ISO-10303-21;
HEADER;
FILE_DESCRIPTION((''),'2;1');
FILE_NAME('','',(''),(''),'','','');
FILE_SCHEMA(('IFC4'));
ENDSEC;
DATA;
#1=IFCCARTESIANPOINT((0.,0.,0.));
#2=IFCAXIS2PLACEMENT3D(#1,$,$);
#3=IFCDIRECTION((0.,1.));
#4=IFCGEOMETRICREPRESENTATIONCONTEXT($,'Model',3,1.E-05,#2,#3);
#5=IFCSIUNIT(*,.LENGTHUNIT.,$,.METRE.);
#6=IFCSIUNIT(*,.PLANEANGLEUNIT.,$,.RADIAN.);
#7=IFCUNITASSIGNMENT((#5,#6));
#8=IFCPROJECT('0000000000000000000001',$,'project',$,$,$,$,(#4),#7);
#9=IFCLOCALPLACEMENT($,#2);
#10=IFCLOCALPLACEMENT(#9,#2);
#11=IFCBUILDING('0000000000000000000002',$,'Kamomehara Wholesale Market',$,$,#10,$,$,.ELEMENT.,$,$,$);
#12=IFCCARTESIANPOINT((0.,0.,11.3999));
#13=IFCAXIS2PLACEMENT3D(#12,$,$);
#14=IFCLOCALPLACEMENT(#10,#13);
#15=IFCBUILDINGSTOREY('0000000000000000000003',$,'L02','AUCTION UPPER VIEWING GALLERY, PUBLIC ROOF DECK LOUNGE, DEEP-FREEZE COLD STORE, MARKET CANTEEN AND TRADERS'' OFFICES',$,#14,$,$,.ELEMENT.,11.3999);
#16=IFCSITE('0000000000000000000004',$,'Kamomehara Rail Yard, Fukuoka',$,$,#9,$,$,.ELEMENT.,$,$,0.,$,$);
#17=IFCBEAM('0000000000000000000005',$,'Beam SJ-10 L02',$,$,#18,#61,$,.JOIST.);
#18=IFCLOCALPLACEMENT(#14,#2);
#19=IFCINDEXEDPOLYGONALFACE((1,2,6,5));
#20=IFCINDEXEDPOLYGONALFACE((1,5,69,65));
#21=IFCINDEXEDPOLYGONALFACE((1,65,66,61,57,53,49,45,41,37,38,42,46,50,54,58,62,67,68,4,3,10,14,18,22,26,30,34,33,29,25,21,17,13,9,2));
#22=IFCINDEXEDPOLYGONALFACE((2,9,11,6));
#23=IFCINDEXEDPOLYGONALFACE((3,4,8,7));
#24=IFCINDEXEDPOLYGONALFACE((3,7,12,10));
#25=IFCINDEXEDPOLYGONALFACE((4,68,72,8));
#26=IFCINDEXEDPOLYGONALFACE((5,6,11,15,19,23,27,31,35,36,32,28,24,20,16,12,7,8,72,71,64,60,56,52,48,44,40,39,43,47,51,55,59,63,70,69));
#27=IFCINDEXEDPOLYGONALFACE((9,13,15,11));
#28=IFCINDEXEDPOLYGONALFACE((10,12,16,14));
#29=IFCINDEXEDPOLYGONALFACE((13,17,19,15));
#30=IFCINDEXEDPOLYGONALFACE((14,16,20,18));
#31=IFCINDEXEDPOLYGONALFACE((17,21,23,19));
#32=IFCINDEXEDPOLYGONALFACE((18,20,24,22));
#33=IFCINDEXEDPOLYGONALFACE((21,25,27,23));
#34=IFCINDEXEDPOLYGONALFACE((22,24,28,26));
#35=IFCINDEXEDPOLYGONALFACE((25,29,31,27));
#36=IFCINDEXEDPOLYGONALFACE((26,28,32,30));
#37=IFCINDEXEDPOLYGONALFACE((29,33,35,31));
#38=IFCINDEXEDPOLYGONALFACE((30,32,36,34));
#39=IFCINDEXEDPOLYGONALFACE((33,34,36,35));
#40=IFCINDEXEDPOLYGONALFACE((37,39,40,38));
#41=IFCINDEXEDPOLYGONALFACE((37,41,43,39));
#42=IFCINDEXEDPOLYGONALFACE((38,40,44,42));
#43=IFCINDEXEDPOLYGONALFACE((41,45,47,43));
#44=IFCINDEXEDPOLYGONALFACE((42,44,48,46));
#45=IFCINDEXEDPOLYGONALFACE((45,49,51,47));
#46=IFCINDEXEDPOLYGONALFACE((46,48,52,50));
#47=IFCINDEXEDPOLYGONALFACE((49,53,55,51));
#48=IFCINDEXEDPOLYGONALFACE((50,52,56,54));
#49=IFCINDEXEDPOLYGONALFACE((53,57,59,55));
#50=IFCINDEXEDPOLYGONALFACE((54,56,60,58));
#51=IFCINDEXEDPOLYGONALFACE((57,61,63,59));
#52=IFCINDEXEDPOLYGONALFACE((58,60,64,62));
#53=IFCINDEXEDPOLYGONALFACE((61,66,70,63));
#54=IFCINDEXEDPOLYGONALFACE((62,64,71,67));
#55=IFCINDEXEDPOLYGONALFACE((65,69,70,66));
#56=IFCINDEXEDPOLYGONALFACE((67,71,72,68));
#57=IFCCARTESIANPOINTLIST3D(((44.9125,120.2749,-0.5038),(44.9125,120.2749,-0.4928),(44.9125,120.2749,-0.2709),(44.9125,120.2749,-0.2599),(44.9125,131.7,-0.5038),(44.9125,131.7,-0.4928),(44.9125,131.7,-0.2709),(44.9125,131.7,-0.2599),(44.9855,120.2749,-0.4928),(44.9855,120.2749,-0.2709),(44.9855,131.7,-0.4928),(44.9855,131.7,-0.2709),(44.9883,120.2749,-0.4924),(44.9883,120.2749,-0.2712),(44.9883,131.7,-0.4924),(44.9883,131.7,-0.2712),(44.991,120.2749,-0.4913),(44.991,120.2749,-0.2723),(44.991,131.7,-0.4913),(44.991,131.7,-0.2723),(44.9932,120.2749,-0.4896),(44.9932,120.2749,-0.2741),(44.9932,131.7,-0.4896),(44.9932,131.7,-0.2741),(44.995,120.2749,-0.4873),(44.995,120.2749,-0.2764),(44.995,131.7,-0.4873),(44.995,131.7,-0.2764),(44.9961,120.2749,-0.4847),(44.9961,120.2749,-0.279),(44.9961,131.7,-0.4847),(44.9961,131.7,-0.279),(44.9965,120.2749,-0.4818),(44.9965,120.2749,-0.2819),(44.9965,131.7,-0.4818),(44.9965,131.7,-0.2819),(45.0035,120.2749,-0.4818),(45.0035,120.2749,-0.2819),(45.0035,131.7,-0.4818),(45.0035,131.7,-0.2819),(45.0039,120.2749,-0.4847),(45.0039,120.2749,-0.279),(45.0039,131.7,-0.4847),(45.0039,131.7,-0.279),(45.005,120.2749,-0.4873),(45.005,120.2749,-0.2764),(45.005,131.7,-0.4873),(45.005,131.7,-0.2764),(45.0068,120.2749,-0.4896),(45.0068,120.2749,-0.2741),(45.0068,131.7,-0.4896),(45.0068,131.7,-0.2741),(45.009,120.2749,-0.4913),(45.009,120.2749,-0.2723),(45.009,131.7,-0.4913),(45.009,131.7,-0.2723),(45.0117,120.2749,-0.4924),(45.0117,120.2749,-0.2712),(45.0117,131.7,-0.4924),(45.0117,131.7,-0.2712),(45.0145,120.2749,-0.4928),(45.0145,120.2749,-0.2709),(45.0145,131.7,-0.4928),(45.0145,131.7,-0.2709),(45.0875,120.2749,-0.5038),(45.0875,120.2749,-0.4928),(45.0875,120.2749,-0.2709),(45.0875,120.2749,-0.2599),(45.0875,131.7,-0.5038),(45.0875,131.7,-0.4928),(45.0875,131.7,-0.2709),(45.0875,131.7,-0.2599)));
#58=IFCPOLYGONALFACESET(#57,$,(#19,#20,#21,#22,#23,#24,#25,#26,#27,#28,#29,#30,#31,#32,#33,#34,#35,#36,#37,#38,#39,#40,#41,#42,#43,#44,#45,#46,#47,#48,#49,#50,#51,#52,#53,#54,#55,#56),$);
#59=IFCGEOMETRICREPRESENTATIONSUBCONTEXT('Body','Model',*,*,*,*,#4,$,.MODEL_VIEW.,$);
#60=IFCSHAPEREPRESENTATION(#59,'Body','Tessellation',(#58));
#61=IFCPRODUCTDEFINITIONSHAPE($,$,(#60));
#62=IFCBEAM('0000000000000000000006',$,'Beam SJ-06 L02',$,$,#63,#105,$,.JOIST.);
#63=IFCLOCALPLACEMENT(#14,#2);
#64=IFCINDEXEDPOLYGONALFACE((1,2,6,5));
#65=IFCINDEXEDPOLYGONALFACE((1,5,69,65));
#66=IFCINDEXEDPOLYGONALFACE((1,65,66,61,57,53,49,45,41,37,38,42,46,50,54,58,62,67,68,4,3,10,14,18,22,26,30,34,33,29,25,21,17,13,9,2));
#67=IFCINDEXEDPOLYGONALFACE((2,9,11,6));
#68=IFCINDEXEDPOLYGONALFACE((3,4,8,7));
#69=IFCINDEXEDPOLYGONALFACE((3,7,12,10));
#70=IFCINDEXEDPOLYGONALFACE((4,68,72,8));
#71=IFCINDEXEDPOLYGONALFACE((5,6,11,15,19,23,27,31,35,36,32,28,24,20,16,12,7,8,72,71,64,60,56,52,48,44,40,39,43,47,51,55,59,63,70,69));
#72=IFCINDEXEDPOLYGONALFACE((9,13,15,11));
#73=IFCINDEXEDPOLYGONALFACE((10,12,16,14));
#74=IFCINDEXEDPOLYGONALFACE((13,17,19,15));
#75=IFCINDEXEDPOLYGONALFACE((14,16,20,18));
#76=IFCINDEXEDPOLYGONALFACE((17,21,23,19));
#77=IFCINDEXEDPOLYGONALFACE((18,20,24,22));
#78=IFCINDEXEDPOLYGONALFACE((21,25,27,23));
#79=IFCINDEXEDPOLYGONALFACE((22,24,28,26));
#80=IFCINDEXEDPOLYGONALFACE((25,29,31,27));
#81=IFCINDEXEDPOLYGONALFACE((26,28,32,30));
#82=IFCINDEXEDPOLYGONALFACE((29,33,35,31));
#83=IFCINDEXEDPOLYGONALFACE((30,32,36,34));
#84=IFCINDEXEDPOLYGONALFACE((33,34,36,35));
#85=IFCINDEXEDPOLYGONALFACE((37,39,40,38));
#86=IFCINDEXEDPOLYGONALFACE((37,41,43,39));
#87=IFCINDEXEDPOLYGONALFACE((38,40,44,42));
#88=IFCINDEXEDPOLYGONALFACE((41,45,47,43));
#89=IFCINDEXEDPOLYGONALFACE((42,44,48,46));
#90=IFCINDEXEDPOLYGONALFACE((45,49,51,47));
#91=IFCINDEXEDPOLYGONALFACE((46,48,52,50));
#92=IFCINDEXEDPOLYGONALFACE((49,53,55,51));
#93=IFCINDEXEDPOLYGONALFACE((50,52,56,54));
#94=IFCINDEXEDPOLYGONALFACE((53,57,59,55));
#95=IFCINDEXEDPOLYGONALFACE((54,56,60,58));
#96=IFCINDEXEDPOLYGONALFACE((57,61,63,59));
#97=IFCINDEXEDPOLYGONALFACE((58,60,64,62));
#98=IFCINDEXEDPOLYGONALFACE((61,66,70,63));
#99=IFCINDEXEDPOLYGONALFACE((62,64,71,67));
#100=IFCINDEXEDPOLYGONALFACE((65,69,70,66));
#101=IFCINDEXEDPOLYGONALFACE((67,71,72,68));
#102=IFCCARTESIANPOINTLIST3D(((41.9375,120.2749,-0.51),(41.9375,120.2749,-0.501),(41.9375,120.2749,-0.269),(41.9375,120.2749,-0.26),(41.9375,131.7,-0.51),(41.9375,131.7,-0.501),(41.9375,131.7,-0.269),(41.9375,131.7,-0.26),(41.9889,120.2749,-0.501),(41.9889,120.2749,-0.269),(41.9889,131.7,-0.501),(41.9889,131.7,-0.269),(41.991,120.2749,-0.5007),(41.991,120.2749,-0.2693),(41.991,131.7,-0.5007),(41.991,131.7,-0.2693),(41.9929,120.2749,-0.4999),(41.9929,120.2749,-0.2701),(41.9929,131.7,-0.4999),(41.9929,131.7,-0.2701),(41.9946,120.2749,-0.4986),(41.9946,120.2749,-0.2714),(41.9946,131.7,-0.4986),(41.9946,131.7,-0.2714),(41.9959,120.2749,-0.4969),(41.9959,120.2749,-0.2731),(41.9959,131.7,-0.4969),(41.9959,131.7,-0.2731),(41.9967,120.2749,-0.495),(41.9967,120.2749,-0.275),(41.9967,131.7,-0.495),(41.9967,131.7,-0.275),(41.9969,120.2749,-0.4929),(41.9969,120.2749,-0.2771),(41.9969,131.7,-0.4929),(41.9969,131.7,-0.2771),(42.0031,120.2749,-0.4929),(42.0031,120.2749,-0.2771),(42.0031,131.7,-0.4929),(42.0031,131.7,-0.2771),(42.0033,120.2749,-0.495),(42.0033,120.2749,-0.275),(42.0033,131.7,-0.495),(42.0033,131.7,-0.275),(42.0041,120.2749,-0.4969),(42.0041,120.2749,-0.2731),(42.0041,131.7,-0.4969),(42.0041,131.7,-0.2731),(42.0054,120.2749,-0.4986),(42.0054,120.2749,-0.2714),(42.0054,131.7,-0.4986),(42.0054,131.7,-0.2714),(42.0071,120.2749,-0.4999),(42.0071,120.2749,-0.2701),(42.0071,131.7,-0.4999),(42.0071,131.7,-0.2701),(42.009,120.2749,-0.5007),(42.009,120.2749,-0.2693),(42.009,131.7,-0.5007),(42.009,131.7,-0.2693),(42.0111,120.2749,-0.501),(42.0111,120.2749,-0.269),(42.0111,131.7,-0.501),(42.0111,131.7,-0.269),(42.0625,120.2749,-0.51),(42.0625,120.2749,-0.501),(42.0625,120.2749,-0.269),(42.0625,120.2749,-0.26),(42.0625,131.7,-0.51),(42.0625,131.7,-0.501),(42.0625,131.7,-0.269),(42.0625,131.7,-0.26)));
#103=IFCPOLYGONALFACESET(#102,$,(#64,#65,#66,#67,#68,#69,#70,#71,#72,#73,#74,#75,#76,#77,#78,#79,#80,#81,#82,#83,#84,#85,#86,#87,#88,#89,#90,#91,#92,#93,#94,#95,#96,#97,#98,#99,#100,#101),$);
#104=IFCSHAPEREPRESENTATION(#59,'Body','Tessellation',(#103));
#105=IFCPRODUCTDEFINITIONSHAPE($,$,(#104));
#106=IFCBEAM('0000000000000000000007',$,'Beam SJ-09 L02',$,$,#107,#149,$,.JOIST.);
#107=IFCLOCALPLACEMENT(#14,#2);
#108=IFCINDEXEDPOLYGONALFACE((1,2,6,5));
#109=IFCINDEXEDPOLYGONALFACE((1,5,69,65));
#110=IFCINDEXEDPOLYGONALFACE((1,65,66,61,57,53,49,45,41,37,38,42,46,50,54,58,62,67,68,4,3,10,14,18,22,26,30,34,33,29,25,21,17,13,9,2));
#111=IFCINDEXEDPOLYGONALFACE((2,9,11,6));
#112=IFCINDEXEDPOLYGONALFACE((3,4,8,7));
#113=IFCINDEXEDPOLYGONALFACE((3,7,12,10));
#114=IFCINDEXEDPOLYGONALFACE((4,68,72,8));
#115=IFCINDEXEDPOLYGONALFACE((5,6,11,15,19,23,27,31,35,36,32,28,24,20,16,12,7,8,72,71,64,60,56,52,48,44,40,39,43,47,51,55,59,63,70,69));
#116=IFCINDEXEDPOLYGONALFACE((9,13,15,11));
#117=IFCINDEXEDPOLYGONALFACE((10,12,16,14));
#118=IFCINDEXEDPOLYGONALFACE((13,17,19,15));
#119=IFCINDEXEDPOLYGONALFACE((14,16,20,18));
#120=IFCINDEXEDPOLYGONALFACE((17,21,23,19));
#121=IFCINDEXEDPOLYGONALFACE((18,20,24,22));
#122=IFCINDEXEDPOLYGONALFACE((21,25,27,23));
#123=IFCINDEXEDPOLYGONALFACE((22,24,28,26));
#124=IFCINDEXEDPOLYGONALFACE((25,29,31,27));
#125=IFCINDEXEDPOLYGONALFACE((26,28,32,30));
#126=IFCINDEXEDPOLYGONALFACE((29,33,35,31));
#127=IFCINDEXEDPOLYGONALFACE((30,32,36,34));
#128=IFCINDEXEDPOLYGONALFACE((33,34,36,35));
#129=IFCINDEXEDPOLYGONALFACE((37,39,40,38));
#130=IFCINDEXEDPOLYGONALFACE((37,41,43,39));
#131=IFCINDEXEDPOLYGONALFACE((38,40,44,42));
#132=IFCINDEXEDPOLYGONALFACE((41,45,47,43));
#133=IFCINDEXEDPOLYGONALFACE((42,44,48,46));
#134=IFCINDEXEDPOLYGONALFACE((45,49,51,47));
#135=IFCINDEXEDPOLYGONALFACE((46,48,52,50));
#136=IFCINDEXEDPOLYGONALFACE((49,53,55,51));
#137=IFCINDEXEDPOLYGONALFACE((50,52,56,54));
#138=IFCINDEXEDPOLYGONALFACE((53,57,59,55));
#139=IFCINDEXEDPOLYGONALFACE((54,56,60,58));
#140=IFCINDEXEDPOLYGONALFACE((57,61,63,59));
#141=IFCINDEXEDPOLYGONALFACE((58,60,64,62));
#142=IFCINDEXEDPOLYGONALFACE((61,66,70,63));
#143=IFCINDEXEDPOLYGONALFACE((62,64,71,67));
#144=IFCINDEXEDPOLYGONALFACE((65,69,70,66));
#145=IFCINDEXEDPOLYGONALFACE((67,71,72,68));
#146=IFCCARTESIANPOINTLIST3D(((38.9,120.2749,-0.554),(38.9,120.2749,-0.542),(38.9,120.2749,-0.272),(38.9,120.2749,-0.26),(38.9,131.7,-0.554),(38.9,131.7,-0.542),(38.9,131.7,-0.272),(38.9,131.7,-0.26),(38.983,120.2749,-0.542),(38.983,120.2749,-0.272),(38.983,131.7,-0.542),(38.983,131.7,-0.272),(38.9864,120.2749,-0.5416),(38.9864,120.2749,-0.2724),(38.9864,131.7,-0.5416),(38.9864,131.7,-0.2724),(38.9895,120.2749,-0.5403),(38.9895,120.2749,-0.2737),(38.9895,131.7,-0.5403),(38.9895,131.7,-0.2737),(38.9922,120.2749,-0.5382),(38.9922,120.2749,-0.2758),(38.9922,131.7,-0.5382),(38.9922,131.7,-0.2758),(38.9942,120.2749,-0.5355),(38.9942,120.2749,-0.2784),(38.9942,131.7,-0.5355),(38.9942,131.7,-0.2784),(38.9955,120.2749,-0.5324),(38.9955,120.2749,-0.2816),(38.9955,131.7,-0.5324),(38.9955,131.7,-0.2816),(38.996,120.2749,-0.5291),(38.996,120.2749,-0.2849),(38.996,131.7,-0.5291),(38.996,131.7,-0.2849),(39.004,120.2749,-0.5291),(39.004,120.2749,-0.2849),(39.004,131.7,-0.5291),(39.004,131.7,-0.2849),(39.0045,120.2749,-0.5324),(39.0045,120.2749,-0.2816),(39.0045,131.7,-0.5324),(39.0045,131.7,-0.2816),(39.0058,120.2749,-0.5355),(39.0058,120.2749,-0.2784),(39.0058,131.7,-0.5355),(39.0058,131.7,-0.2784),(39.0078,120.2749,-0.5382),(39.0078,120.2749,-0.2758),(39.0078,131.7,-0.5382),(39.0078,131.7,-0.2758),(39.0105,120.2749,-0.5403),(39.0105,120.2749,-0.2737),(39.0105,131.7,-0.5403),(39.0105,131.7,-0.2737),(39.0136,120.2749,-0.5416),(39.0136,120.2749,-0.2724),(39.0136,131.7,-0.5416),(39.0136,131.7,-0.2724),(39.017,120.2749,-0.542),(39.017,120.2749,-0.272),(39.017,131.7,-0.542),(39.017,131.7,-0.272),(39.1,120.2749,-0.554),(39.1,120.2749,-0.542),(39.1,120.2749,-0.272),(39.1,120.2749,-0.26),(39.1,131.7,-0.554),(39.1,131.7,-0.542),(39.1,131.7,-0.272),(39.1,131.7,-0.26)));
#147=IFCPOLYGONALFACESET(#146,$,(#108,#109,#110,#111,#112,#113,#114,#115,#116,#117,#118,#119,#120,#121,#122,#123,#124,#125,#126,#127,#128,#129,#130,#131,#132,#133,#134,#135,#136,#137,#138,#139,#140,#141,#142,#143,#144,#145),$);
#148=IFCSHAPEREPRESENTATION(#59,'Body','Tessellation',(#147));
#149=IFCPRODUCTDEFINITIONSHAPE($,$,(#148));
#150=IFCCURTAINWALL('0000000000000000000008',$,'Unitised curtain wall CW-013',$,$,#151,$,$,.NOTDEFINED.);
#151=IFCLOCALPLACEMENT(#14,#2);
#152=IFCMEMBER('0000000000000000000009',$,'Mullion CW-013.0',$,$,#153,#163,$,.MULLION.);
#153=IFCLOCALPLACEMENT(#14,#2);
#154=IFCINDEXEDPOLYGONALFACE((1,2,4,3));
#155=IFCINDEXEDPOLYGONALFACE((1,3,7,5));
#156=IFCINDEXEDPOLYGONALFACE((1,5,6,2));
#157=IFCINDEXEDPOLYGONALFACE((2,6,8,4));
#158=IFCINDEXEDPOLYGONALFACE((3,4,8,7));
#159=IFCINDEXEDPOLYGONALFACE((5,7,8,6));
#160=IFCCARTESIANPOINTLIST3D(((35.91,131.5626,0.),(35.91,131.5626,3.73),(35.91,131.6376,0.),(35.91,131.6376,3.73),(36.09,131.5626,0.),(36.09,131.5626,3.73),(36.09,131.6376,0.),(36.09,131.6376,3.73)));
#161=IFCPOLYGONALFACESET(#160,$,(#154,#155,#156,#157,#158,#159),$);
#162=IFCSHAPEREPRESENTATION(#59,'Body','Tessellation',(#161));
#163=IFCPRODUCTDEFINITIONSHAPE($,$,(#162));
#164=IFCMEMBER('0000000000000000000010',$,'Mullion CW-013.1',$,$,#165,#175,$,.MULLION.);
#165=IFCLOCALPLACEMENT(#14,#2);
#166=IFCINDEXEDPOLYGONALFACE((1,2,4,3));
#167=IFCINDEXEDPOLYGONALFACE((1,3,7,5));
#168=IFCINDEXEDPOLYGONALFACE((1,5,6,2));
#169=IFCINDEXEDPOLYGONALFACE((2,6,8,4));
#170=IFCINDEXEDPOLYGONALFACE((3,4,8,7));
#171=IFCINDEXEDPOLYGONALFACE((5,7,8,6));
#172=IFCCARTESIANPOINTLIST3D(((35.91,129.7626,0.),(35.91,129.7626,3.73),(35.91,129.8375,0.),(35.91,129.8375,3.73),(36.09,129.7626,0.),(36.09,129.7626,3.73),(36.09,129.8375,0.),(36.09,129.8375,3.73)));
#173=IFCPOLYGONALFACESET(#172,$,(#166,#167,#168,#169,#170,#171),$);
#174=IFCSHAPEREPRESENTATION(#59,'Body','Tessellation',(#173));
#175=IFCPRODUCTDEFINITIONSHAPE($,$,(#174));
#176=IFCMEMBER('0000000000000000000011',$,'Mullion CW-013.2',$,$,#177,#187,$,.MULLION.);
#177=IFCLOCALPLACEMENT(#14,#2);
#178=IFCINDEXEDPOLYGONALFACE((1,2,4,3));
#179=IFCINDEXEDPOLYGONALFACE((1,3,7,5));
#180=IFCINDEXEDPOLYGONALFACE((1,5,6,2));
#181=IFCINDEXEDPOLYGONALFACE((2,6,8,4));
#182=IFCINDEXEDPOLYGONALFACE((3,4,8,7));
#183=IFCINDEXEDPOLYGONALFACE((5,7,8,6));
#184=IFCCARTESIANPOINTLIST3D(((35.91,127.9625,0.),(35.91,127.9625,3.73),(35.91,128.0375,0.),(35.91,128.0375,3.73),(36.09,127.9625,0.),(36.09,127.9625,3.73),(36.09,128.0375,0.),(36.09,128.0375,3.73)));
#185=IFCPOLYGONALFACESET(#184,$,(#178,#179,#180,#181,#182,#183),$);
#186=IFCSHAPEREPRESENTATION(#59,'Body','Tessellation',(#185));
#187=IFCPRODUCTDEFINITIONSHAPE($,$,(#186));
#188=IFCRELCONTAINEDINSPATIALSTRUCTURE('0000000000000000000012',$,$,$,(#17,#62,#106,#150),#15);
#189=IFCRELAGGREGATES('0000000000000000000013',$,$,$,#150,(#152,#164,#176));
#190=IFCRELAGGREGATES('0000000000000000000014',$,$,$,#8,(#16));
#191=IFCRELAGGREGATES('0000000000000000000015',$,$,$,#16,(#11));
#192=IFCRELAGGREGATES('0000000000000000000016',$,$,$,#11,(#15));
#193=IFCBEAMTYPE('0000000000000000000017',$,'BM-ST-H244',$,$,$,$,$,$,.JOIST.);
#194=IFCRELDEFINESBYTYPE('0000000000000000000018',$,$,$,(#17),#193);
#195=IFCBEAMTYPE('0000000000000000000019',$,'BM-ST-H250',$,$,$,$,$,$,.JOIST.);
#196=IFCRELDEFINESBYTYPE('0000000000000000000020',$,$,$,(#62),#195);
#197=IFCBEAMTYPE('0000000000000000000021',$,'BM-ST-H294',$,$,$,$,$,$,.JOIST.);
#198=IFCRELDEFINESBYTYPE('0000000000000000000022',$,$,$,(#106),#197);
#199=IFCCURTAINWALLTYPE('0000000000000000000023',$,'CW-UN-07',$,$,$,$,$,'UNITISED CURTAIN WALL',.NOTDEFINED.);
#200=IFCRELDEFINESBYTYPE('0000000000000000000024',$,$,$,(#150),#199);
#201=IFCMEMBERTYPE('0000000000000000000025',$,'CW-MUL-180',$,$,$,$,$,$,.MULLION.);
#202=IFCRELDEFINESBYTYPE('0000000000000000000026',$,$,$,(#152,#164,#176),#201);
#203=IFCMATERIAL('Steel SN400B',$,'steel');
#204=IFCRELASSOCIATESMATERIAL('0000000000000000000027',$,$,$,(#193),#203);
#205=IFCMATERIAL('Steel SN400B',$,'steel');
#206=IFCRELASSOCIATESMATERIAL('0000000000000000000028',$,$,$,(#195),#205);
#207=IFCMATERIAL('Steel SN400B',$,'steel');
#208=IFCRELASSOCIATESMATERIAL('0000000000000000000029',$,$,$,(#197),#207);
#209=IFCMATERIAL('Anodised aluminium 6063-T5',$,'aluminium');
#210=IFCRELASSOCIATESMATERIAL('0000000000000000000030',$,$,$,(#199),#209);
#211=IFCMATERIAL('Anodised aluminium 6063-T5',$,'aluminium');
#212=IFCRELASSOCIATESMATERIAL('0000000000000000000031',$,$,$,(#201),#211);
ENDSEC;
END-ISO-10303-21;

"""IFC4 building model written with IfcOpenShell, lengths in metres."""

from ifc_helpers import new_model, si_unit, direction, frame, origin, origin_2d, place, context, subcontext, project, spatial, rectangle, i_section, extrude, material, material_profile, profile_set, type_object, element, aggregate, save


model = new_model("IFC4")

# Units and contexts
model_context = context("Model", 3, precision=1e-05, world=origin(), true_north=direction((0.0, 1.0)))
body_context = subcontext(model_context, "Body", "Model", "MODEL_VIEW")
ifc_project = project(units=[si_unit("LENGTHUNIT", "METRE"), si_unit("PLANEANGLEUNIT", "RADIAN")], contexts=[model_context])

# Site, building, storey
site_placement = place(None, origin())
site = spatial("IfcSite", under=ifc_project, at=site_placement, Name="Kamomehara Rail Yard, Fukuoka", CompositionType="ELEMENT", RefElevation=0.0)
building_placement = place(site_placement, origin())
building = spatial("IfcBuilding", under=site, at=building_placement, Name="Kamomehara Wholesale Market", CompositionType="ELEMENT")
storey_placement = place(building_placement, frame((0.0, 0.0, 11.3999)))
storey = spatial("IfcBuildingStorey", under=building, at=storey_placement, Name="L02", Description="AUCTION UPPER VIEWING GALLERY, PUBLIC ROOF DECK LOUNGE, DEEP-FREEZE COLD STORE, MARKET CANTEEN AND TRADERS' OFFICES", CompositionType="ELEMENT", Elevation=11.3999)

# Beams
ifc_material_1 = material(Name="Steel SN400B", Category="steel")
ifc_material_profile_1 = material_profile(ifc_material_1, i_section(OverallWidth=0.175, OverallDepth=0.2439, WebThickness=0.0071, FlangeThickness=0.011, FilletRadius=0.011, at=origin_2d()), Name="H-244x175x7x11")
ifc_profile_set_1 = profile_set([ifc_material_profile_1], Name="Steel SN400B")
beam_type_1 = type_object("IfcBeamType", Name="BM-ST-H244", PredefinedType="JOIST", material=ifc_profile_set_1)
beam_1_placement = place(storey_placement, frame((45.0, 120.2749, -0.3818), z_axis=(0.0, 1.0, 0.0), x_axis=(-1.0, 0.0, 0.0)))
element("IfcBeam", 1, at=beam_1_placement, inside=storey, type_object=beam_type_1, Name="Beam SJ-10 L02", PredefinedType="JOIST", context=body_context, shape_type="SweptSolid", body=[
    extrude(i_section(OverallWidth=0.175, OverallDepth=0.2439, WebThickness=0.0071, FlangeThickness=0.011, FilletRadius=0.011, at=origin_2d()), origin(), (0.0, 0.0, 1.0), 11.425),
])
ifc_material_2 = material(Name="Steel SN400B", Category="steel")
ifc_material_profile_2 = material_profile(ifc_material_2, i_section(OverallWidth=0.125, OverallDepth=0.25, WebThickness=0.0061, FlangeThickness=0.009, FilletRadius=0.0081, at=origin_2d()), Name="H-250x125x6x9")
ifc_profile_set_2 = profile_set([ifc_material_profile_2], Name="Steel SN400B")
beam_type_2 = type_object("IfcBeamType", Name="BM-ST-H250", PredefinedType="JOIST", material=ifc_profile_set_2)
beam_2_placement = place(storey_placement, frame((42.0, 120.2749, -0.385), z_axis=(0.0, 1.0, 0.0), x_axis=(-1.0, 0.0, 0.0)))
element("IfcBeam", 2, at=beam_2_placement, inside=storey, type_object=beam_type_2, Name="Beam SJ-06 L02", PredefinedType="JOIST", context=body_context, shape_type="SweptSolid", body=[
    extrude(i_section(OverallWidth=0.125, OverallDepth=0.25, WebThickness=0.0061, FlangeThickness=0.009, FilletRadius=0.0081, at=origin_2d()), origin(), (0.0, 0.0, 1.0), 11.425),
])
ifc_material_3 = material(Name="Steel SN400B", Category="steel")
ifc_material_profile_3 = material_profile(ifc_material_3, i_section(OverallWidth=0.2, OverallDepth=0.2939, WebThickness=0.0081, FlangeThickness=0.012, FilletRadius=0.0129, at=origin_2d()), Name="H-294x200x8x12")
ifc_profile_set_3 = profile_set([ifc_material_profile_3], Name="Steel SN400B")
beam_type_3 = type_object("IfcBeamType", Name="BM-ST-H294", PredefinedType="JOIST", material=ifc_profile_set_3)
beam_3_placement = place(storey_placement, frame((39.0, 120.2749, -0.407), z_axis=(0.0, 1.0, 0.0), x_axis=(-1.0, 0.0, 0.0)))
element("IfcBeam", 3, at=beam_3_placement, inside=storey, type_object=beam_type_3, Name="Beam SJ-09 L02", PredefinedType="JOIST", context=body_context, shape_type="SweptSolid", body=[
    extrude(i_section(OverallWidth=0.2, OverallDepth=0.2939, WebThickness=0.0081, FlangeThickness=0.012, FilletRadius=0.0129, at=origin_2d()), origin(), (0.0, 0.0, 1.0), 11.425),
])

# Curtain wall, members
ifc_material_4 = material(Name="Anodised aluminium 6063-T5", Category="aluminium")
curtain_wall_type = type_object("IfcCurtainWallType", Name="CW-UN-07", ElementType="UNITISED CURTAIN WALL", PredefinedType="NOTDEFINED", material=ifc_material_4)
curtain_wall_1_placement = place(storey_placement, origin())
curtain_wall_1 = element("IfcCurtainWall", 4, at=curtain_wall_1_placement, inside=storey, type_object=curtain_wall_type, Name="Unitised curtain wall CW-013", PredefinedType="NOTDEFINED")
ifc_material_5 = material(Name="Anodised aluminium 6063-T5", Category="aluminium")
ifc_material_profile_4 = material_profile(ifc_material_5, rectangle(XDim=0.075, YDim=0.1799, at=origin_2d()), Name="ALU-MUL-75x180")
ifc_profile_set_4 = profile_set([ifc_material_profile_4], Name="Anodised aluminium 6063-T5")
member_type_1 = type_object("IfcMemberType", Name="CW-MUL-180", PredefinedType="MULLION", material=ifc_profile_set_4)
member_1_placement = place(storey_placement, frame((36.0, 131.6001, 0.0), z_axis=(0.0, 0.0, 1.0), x_axis=(0.0, -1.0, 0.0)))
member_1 = element("IfcMember", 5, at=member_1_placement, type_object=member_type_1, Name="Mullion CW-013.0", PredefinedType="MULLION", context=body_context, shape_type="SweptSolid", body=[
    extrude(rectangle(XDim=0.075, YDim=0.1799, at=origin_2d()), origin(), (0.0, 0.0, 1.0), 3.73),
])
member_2_placement = place(storey_placement, frame((36.0, 129.8, 0.0), z_axis=(0.0, 0.0, 1.0), x_axis=(0.0, -1.0, 0.0)))
member_2 = element("IfcMember", 6, at=member_2_placement, type_object=member_type_1, Name="Mullion CW-013.1", PredefinedType="MULLION", context=body_context, shape_type="SweptSolid", body=[
    extrude(rectangle(XDim=0.075, YDim=0.1799, at=origin_2d()), origin(), (0.0, 0.0, 1.0), 3.73),
])
member_3_placement = place(storey_placement, frame((36.0, 128.0, 0.0), z_axis=(0.0, 0.0, 1.0), x_axis=(0.0, -1.0, 0.0)))
member_3 = element("IfcMember", 7, at=member_3_placement, type_object=member_type_1, Name="Mullion CW-013.2", PredefinedType="MULLION", context=body_context, shape_type="SweptSolid", body=[
    extrude(rectangle(XDim=0.075, YDim=0.1799, at=origin_2d()), origin(), (0.0, 0.0, 1.0), 3.73),
])

aggregate(curtain_wall_1, [member_1, member_2, member_3])

save(model, "model.ifc")
